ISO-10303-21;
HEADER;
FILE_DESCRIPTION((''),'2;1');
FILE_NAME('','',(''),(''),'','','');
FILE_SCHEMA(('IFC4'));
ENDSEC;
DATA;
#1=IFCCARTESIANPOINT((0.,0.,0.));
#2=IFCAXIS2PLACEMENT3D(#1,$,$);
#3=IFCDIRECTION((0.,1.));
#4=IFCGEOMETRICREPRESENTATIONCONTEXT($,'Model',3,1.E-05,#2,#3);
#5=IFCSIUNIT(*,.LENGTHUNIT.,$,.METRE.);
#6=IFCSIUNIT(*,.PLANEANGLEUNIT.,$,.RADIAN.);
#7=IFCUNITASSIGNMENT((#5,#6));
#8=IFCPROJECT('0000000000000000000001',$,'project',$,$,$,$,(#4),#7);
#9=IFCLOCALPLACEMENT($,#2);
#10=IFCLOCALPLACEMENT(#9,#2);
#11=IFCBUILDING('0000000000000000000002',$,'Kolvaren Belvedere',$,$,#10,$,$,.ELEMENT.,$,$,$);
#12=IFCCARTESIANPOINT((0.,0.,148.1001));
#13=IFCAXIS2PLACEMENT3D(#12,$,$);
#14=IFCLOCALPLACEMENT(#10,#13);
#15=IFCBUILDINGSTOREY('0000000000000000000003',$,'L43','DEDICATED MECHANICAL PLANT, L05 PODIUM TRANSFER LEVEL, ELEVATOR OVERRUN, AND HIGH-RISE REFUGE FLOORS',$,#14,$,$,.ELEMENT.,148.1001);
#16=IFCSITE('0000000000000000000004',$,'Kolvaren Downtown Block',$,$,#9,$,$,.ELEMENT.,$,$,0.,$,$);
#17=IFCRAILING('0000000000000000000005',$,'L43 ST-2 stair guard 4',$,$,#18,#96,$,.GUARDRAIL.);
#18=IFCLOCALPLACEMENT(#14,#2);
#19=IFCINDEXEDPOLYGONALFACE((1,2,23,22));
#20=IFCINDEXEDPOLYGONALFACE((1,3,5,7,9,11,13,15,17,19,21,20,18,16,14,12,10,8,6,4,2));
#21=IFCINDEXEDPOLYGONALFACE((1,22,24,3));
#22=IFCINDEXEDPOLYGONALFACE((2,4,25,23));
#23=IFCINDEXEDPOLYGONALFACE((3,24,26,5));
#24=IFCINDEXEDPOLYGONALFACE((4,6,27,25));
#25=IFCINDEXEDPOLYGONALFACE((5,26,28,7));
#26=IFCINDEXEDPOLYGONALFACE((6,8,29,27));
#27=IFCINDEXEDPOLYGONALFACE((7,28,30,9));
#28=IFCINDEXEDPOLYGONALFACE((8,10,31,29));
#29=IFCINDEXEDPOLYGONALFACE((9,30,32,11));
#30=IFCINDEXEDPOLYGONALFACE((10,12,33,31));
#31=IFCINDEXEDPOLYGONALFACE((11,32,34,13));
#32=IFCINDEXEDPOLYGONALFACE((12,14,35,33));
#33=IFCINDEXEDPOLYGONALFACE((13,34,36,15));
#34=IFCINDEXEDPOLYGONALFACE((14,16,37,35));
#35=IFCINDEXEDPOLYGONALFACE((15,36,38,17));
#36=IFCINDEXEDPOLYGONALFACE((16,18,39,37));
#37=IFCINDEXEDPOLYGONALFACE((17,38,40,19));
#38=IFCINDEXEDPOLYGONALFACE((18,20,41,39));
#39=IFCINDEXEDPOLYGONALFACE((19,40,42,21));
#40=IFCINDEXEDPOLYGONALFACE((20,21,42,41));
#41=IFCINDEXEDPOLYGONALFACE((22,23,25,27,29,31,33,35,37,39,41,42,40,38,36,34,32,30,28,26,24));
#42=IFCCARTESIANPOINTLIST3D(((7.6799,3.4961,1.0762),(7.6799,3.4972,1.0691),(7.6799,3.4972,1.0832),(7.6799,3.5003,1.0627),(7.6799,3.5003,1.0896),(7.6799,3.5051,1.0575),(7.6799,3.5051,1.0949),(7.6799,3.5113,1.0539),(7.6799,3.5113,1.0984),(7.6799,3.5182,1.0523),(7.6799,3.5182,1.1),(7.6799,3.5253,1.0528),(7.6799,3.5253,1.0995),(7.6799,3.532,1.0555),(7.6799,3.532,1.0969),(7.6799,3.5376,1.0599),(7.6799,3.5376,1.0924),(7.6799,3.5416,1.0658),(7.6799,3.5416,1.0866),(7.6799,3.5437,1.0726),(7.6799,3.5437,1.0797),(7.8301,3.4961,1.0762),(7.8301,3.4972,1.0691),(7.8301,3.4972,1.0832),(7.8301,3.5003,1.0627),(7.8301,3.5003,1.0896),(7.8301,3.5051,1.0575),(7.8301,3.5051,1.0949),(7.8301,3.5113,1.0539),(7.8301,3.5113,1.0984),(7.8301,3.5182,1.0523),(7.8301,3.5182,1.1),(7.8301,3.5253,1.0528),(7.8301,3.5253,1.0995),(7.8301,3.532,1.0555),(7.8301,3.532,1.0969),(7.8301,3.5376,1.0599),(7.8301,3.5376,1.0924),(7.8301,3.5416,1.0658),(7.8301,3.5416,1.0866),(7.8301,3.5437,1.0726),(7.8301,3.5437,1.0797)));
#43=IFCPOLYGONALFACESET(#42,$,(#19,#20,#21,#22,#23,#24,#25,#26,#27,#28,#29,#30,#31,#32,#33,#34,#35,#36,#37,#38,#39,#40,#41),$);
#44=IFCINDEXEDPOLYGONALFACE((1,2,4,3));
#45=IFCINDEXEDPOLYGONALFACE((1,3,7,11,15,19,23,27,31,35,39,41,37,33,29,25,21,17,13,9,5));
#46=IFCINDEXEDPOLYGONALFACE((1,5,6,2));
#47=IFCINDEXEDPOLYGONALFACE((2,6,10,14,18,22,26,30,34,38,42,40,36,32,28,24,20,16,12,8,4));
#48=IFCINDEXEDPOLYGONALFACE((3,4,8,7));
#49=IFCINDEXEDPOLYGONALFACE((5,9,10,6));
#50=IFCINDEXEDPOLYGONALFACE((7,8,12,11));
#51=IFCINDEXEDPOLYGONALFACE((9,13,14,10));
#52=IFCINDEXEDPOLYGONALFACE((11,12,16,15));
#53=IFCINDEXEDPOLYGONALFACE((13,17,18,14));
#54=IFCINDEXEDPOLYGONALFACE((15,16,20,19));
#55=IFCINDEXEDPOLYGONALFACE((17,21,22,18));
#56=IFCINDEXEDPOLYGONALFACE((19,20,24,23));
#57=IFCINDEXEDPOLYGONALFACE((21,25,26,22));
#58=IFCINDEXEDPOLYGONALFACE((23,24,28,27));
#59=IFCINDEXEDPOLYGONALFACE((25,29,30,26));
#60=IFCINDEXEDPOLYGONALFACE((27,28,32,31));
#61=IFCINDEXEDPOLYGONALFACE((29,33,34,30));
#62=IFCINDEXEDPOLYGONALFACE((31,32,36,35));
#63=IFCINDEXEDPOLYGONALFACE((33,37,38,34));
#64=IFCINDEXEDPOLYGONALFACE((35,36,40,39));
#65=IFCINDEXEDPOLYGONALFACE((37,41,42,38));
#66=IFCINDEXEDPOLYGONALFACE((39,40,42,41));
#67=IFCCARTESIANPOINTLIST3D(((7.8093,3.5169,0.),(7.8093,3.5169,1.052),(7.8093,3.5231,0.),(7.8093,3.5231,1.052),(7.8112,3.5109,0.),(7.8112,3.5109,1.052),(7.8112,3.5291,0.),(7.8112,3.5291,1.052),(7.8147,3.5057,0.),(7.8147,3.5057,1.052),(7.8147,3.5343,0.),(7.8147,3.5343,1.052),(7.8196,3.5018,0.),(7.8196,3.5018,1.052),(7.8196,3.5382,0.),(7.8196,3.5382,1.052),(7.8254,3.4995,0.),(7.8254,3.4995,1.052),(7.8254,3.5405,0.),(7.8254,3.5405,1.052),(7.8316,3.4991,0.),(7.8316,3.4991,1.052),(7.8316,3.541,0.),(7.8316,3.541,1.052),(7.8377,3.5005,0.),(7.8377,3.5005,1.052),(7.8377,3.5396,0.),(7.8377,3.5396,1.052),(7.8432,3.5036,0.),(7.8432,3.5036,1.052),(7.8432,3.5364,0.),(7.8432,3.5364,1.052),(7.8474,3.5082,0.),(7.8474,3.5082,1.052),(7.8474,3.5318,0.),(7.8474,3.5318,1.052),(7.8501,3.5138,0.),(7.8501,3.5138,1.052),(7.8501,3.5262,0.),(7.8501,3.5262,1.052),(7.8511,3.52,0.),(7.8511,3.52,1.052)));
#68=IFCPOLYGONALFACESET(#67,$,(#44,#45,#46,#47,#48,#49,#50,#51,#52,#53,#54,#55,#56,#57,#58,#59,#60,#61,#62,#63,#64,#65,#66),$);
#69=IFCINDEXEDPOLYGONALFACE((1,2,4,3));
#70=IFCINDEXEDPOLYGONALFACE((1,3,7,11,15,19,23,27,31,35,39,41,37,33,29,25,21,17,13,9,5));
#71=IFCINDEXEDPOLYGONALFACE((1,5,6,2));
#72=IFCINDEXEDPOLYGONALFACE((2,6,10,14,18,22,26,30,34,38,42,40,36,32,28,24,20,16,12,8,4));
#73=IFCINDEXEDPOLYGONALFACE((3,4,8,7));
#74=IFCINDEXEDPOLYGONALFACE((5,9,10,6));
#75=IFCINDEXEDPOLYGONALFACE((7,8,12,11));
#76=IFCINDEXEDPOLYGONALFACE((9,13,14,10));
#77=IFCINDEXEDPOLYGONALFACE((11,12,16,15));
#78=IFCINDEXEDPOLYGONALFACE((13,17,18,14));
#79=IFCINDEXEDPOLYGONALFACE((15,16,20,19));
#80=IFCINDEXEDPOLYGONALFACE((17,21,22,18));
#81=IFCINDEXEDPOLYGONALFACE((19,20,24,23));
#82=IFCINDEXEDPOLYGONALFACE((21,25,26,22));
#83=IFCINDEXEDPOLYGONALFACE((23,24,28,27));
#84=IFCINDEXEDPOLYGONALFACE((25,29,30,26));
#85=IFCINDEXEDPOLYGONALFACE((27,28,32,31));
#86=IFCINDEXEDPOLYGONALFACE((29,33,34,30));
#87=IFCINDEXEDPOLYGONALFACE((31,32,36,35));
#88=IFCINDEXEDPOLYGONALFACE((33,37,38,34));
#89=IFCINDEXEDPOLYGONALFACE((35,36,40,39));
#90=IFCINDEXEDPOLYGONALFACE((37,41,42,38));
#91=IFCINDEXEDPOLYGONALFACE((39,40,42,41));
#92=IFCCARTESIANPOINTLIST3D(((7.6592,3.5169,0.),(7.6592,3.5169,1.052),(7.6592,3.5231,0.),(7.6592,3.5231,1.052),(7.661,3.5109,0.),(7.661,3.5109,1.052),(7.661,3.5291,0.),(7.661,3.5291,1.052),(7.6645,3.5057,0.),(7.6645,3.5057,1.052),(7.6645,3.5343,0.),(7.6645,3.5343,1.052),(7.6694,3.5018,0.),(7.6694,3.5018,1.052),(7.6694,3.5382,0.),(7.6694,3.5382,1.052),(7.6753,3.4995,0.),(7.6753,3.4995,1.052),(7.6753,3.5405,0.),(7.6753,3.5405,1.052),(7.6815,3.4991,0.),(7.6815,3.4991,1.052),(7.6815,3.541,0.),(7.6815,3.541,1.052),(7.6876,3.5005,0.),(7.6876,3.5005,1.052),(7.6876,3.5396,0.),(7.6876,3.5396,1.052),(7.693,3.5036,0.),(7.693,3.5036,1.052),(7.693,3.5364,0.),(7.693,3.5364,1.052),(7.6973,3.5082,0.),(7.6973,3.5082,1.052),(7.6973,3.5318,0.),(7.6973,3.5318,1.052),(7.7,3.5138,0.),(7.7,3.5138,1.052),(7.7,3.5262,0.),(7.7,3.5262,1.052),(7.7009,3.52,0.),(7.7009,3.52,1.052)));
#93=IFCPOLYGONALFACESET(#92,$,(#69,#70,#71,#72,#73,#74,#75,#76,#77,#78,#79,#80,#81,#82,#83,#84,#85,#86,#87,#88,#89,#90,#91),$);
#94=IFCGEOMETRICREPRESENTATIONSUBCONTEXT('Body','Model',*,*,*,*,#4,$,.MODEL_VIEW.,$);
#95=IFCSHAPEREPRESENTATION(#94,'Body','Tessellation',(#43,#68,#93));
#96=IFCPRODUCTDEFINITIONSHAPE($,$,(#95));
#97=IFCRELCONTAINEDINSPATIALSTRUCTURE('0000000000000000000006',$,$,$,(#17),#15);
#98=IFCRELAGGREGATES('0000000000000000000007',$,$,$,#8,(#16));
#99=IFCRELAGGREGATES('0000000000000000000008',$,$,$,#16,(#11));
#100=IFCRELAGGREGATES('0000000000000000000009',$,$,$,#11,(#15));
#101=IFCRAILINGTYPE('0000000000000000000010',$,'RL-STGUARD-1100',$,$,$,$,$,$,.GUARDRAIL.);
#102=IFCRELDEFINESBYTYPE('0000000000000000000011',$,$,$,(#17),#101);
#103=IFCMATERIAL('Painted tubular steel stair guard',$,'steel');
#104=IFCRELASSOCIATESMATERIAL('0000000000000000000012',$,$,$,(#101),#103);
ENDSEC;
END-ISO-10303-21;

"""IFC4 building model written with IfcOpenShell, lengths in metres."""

from ifc_helpers import new_model, si_unit, direction, frame, origin, origin_2d, place, context, subcontext, project, spatial, circle, extrude, material, type_object, element, save


model = new_model("IFC4")

# Units and contexts
model_context = context("Model", 3, precision=1e-05, world=origin(), true_north=direction((0.0, 1.0)))
body_context = subcontext(model_context, "Body", "Model", "MODEL_VIEW")
ifc_project = project(units=[si_unit("LENGTHUNIT", "METRE"), si_unit("PLANEANGLEUNIT", "RADIAN")], contexts=[model_context])

# Site, building, storey
site_placement = place(None, origin())
site = spatial("IfcSite", under=ifc_project, at=site_placement, Name="Kolvaren Downtown Block", CompositionType="ELEMENT", RefElevation=0.0)
building_placement = place(site_placement, origin())
building = spatial("IfcBuilding", under=site, at=building_placement, Name="Kolvaren Belvedere", CompositionType="ELEMENT")
storey_placement = place(building_placement, frame((0.0, 0.0, 148.1001)))
storey = spatial("IfcBuildingStorey", under=building, at=storey_placement, Name="L43", Description="DEDICATED MECHANICAL PLANT, L05 PODIUM TRANSFER LEVEL, ELEVATOR OVERRUN, AND HIGH-RISE REFUGE FLOORS", CompositionType="ELEMENT", Elevation=148.1001)

# Railing
ifc_material_1 = material(Name="Painted tubular steel stair guard", Category="steel")
railing_type_1 = type_object("IfcRailingType", Name="RL-STGUARD-1100", PredefinedType="GUARDRAIL", material=ifc_material_1)
railing_1_placement = place(storey_placement, frame((7.8301, 3.52, 0.0)))
element("IfcRailing", 1, at=railing_1_placement, inside=storey, type_object=railing_type_1, Name="L43 ST-2 stair guard 4", PredefinedType="GUARDRAIL", context=body_context, shape_type="SweptSolid", body=[
    extrude(circle(Radius=0.0239, at=origin_2d()), frame((0.0, 0.0, 1.0762), z_axis=(-1.0, 0.0, 0.0), x_axis=(0.0, -1.0, 0.0)), (0.0, 0.0, 1.0), 0.1501),
    extrude(circle(Radius=0.021, at=origin_2d()), origin(), (0.0, 0.0, 1.0), 1.052),
    extrude(circle(Radius=0.021, at=origin_2d()), frame((-0.1501, 0.0, 0.0)), (0.0, 0.0, 1.0), 1.052),
])

save(model, "model.ifc")
